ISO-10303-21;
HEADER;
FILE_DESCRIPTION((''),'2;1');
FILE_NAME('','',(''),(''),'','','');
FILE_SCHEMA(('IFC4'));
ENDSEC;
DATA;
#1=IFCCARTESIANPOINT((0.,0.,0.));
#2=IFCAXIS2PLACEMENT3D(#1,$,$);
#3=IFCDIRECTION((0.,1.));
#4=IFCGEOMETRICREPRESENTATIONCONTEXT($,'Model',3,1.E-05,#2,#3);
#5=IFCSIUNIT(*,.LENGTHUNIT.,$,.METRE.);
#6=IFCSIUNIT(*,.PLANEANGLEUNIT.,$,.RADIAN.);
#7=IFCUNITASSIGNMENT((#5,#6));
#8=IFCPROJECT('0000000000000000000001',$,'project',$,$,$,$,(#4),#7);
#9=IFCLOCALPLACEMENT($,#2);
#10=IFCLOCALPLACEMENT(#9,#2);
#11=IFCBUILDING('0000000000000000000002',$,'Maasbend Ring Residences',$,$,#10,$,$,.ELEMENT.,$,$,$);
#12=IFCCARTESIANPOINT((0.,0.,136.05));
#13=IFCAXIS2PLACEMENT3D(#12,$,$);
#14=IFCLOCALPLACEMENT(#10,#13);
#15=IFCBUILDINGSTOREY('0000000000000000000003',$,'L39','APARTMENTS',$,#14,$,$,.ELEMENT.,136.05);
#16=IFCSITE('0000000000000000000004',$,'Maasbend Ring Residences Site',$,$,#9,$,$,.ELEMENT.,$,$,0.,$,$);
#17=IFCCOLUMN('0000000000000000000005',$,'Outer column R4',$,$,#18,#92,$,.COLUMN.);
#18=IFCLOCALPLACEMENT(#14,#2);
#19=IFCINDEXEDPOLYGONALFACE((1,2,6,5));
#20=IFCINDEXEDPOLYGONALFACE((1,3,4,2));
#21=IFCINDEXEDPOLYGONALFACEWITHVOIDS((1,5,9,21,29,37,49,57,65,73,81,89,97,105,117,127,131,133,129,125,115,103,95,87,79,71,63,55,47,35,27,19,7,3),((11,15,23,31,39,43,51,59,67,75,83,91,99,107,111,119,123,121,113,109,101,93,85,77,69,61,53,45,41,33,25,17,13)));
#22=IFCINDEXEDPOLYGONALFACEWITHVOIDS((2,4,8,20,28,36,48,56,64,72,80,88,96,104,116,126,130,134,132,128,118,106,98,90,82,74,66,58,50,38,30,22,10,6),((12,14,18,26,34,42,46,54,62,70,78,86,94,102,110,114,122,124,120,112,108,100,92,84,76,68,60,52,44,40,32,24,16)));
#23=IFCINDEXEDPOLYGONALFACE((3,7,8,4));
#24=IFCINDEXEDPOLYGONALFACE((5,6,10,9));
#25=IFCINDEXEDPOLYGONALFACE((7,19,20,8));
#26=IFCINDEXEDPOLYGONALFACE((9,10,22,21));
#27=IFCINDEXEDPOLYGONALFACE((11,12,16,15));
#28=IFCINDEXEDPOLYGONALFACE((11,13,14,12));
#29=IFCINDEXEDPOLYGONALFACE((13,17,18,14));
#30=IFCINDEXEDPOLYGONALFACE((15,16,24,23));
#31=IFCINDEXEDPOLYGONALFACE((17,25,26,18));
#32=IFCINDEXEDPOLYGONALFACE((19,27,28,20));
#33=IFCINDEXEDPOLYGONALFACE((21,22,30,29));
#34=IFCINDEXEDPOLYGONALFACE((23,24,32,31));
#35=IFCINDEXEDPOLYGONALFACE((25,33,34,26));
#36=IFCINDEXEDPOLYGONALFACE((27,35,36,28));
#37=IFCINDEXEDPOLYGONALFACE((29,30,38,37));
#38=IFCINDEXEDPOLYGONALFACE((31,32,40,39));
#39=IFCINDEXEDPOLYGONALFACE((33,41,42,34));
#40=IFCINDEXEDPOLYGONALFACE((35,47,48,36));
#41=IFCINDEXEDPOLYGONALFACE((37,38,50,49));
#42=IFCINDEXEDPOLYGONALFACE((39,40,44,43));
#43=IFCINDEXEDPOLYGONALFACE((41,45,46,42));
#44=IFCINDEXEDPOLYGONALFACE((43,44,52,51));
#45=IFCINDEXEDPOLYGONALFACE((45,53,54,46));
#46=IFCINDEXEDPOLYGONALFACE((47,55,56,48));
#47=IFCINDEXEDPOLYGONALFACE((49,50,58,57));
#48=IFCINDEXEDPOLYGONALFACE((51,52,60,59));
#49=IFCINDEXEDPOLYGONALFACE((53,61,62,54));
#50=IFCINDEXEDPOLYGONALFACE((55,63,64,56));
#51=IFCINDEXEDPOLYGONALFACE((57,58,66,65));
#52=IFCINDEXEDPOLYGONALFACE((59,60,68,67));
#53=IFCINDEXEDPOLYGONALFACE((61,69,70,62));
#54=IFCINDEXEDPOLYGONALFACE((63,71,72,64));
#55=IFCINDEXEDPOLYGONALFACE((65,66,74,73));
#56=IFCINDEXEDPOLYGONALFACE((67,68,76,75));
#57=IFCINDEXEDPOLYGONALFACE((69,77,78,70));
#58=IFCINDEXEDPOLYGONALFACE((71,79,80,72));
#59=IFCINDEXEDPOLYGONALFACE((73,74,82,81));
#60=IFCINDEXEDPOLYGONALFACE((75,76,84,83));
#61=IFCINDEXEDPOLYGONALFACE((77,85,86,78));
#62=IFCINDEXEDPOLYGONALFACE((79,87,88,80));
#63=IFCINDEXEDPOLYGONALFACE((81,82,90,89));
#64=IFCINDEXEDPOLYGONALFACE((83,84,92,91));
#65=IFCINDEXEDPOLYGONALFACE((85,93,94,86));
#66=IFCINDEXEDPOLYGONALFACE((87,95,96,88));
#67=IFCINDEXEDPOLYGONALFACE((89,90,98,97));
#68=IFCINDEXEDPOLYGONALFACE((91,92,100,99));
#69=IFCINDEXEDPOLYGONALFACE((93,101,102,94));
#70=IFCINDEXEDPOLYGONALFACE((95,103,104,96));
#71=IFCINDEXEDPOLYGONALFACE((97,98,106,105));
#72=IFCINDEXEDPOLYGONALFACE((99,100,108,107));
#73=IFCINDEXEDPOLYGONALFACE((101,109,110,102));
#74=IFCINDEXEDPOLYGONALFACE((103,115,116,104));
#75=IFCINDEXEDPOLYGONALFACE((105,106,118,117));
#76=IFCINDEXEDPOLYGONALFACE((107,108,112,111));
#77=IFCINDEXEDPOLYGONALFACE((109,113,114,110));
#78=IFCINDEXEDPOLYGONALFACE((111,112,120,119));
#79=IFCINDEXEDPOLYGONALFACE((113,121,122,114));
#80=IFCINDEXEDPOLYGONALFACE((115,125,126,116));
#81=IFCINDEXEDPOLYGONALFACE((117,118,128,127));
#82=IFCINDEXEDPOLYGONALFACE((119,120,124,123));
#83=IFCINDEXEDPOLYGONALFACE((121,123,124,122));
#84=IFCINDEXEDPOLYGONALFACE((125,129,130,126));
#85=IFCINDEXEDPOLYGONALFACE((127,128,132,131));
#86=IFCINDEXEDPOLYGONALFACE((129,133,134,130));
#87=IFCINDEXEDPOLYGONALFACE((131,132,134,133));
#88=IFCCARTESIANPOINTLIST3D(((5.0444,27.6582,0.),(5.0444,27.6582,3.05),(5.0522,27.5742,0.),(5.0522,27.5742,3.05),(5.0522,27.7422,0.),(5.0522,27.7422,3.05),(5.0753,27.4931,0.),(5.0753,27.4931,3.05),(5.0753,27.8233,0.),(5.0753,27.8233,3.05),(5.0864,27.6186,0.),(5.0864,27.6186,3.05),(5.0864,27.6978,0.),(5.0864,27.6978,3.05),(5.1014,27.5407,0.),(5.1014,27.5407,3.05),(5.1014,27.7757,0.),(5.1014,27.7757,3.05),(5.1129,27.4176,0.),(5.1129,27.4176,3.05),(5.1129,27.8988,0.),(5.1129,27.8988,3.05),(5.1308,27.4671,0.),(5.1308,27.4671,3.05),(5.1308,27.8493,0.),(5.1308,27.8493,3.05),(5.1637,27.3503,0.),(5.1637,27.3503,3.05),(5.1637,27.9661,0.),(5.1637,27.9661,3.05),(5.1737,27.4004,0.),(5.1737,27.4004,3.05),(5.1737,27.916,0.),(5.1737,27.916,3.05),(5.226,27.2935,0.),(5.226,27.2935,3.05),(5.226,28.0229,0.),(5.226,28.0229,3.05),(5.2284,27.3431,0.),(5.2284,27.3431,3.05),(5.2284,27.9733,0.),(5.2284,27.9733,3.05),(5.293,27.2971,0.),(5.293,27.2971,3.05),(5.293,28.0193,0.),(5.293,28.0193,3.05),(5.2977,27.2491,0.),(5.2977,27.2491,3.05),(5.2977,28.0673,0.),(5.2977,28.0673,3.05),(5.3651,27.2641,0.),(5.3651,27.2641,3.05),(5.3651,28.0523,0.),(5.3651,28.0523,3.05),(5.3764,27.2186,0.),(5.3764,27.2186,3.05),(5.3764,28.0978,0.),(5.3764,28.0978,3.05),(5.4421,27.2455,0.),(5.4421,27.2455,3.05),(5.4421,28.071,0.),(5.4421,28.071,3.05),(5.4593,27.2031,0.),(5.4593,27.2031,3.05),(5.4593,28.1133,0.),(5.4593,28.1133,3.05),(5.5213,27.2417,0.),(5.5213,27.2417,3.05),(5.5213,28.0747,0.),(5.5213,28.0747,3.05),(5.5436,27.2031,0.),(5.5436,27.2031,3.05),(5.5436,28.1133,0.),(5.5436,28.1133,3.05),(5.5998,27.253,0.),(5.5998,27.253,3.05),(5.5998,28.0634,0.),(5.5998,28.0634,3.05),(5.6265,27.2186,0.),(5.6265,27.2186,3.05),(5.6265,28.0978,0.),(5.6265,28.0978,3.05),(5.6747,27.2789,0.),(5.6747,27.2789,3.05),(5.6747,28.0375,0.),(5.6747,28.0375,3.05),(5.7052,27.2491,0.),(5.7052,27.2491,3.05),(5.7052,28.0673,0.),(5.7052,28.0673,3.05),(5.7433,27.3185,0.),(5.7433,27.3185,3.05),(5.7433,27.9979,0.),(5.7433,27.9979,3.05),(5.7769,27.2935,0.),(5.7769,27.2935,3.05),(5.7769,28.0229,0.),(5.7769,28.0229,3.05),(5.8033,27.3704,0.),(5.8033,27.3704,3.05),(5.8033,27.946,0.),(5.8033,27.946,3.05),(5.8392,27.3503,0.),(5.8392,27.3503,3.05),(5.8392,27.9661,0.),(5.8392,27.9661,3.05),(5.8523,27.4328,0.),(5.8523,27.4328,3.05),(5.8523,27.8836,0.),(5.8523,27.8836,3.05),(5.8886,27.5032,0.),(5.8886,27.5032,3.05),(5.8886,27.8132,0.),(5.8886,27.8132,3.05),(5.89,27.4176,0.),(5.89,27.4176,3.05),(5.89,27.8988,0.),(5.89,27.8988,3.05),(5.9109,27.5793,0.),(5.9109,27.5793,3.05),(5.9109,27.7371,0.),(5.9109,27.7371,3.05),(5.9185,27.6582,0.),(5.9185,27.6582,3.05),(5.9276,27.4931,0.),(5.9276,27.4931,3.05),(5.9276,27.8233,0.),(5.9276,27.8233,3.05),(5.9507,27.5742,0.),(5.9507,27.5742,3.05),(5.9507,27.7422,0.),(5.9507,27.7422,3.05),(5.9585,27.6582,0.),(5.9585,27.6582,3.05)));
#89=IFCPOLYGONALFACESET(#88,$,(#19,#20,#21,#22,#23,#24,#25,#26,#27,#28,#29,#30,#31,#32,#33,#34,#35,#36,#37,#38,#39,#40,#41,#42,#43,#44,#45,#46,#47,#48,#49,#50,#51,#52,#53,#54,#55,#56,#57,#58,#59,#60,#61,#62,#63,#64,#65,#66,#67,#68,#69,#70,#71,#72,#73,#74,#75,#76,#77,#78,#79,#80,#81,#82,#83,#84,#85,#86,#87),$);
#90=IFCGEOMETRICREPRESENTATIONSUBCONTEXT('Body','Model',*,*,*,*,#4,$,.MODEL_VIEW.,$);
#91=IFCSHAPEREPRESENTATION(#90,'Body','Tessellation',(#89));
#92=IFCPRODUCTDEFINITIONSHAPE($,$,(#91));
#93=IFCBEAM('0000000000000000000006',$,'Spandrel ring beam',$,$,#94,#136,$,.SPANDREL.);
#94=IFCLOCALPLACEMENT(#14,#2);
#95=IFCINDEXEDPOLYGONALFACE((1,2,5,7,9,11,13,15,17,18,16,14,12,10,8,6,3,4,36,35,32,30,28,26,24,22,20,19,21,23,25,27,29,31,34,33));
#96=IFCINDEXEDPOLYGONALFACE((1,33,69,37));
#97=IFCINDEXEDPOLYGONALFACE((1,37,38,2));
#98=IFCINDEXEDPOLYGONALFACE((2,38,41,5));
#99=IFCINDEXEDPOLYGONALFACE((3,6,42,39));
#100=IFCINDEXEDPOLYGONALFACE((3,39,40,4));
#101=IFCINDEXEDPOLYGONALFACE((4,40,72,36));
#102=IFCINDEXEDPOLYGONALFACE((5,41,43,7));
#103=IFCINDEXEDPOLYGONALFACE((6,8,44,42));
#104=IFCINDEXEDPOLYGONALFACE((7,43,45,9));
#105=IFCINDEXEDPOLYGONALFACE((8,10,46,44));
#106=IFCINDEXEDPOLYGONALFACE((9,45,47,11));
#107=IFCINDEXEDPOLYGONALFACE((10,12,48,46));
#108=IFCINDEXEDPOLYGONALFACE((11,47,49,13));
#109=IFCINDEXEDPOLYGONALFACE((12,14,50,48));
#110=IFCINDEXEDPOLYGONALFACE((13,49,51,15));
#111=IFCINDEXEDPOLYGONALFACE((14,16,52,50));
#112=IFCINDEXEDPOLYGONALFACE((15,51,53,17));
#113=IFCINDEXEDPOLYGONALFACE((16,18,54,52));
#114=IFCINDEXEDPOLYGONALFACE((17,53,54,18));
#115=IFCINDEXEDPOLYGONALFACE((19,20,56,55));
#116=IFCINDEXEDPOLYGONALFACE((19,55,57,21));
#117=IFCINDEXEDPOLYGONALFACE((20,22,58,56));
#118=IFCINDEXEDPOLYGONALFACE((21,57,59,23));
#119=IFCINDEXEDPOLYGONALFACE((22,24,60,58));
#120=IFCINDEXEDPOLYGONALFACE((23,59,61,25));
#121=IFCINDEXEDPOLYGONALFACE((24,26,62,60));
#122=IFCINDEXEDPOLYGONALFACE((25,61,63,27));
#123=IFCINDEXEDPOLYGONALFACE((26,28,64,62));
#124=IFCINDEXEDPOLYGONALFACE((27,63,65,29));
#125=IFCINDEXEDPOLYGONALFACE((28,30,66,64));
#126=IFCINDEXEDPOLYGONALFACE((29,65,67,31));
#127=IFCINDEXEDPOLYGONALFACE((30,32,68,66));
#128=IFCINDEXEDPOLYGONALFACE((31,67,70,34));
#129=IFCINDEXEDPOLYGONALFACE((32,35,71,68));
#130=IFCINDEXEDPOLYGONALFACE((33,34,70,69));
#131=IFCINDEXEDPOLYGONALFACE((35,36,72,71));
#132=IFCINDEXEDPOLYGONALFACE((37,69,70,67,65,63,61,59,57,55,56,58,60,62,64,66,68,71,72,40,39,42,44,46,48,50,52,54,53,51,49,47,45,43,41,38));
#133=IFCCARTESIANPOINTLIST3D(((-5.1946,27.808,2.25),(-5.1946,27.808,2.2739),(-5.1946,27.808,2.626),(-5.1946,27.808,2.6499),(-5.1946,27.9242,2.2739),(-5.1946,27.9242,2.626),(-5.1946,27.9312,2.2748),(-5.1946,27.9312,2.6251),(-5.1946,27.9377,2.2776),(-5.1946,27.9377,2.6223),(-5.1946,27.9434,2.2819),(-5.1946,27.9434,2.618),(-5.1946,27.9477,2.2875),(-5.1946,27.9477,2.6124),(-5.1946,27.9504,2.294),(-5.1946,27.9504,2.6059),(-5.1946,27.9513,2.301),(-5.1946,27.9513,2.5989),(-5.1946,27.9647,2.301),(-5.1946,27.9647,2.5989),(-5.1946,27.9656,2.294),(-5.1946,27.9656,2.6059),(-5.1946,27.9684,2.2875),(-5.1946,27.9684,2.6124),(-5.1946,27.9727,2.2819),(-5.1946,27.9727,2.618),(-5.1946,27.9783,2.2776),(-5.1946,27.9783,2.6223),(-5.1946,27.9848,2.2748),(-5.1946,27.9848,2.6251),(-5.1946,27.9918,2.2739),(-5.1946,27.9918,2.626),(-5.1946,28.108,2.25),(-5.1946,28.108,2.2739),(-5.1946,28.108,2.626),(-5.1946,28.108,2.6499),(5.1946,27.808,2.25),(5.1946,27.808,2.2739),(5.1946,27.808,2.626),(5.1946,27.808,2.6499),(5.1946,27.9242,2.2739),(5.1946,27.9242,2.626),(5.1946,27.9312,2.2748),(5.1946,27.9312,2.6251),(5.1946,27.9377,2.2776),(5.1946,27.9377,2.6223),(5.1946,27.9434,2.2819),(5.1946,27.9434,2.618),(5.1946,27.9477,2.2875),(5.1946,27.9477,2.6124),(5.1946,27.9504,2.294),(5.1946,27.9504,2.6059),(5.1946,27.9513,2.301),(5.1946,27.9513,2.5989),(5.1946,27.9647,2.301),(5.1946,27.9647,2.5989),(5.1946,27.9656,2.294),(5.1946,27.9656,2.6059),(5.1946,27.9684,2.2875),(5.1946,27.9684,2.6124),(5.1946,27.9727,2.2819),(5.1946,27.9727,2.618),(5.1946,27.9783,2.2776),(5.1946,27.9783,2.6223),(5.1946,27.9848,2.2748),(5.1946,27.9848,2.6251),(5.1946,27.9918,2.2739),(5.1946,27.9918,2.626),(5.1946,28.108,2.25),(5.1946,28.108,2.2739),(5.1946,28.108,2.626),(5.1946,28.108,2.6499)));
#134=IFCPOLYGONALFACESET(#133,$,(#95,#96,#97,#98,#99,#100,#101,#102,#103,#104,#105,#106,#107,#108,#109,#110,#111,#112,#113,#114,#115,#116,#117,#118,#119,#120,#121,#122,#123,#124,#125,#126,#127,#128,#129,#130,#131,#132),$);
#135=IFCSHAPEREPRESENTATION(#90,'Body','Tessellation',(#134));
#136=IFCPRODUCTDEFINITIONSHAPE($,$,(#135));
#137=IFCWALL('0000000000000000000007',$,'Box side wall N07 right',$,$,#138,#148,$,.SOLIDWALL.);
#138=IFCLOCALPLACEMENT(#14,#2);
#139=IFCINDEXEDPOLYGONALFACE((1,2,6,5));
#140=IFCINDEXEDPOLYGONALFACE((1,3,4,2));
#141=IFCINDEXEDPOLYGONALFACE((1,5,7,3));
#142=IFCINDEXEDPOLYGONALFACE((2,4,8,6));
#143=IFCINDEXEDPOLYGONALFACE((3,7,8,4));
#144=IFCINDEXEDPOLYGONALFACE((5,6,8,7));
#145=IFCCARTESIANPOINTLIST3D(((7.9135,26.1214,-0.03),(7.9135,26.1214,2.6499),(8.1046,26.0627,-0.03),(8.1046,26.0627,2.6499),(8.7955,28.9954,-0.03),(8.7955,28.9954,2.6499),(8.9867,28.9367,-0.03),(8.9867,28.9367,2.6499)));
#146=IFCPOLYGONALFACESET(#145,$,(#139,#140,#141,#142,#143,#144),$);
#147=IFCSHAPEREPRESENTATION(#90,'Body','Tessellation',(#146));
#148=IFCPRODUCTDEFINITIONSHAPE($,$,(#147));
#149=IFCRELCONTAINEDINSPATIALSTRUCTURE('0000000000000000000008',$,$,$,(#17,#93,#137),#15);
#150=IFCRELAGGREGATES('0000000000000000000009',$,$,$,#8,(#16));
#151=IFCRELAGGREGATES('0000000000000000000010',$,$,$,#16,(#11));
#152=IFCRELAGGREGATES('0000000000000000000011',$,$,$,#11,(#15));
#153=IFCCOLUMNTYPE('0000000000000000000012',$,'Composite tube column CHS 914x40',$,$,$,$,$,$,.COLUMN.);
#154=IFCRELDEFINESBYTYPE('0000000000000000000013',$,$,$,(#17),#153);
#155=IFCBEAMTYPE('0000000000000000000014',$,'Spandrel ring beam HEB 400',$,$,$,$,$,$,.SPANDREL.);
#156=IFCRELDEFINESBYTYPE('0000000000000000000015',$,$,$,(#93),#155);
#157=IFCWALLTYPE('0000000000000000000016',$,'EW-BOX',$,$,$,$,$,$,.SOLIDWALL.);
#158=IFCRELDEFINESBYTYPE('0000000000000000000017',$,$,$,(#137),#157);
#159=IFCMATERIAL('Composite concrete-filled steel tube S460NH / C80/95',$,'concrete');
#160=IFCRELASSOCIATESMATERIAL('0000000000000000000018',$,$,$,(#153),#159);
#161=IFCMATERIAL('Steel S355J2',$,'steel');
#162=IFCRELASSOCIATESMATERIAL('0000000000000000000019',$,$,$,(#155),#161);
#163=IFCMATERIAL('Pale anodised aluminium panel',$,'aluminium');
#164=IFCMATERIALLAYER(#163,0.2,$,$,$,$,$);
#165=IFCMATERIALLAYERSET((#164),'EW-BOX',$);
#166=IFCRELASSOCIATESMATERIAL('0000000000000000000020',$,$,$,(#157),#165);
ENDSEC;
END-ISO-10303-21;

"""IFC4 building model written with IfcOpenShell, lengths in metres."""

from ifc_helpers import new_model, si_unit, direction, frame, frame_2d, origin, origin_2d, place, context, subcontext, project, spatial, rectangle, hollow_circle, i_section, extrude, material, layer, layer_set, material_profile, profile_set, type_object, element, save


model = new_model("IFC4")

# Units and contexts
model_context = context("Model", 3, precision=1e-05, world=origin(), true_north=direction((0.0, 1.0)))
body_context = subcontext(model_context, "Body", "Model", "MODEL_VIEW")
ifc_project = project(units=[si_unit("LENGTHUNIT", "METRE"), si_unit("PLANEANGLEUNIT", "RADIAN")], contexts=[model_context])

# Site, building, storey
site_placement = place(None, origin())
site = spatial("IfcSite", under=ifc_project, at=site_placement, Name="Maasbend Ring Residences Site", CompositionType="ELEMENT", RefElevation=0.0)
building_placement = place(site_placement, origin())
building = spatial("IfcBuilding", under=site, at=building_placement, Name="Maasbend Ring Residences", CompositionType="ELEMENT")
storey_placement = place(building_placement, frame((0.0, 0.0, 136.05)))
storey = spatial("IfcBuildingStorey", under=building, at=storey_placement, Name="L39", Description="APARTMENTS", CompositionType="ELEMENT", Elevation=136.05)

# Column
ifc_material_1 = material(Name="Composite concrete-filled steel tube S460NH / C80/95", Category="concrete")
ifc_material_profile_1 = material_profile(ifc_material_1, hollow_circle(Radius=0.457, WallThickness=0.04, at=origin_2d()), Name="Composite tube column CHS 914x40")
ifc_profile_set_1 = profile_set([ifc_material_profile_1], Name="Composite concrete-filled steel tube S460NH / C80/95")
column_type = type_object("IfcColumnType", Name="Composite tube column CHS 914x40", PredefinedType="COLUMN", material=ifc_profile_set_1)
column_placement = place(storey_placement, frame((5.5015, 27.6582, 0.0), z_axis=(0.0, 0.0, 1.0), x_axis=(1.0, 0.0, 0.0)))
element("IfcColumn", 1, at=column_placement, inside=storey, type_object=column_type, Name="Outer column R4", PredefinedType="COLUMN", context=body_context, shape_type="SweptSolid", body=[
    extrude(hollow_circle(Radius=0.457, WallThickness=0.04, at=origin_2d()), origin(), (0.0, 0.0, 1.0), 3.05),
])

# Beam
ifc_material_2 = material(Name="Steel S355J2", Category="steel")
ifc_material_profile_2 = material_profile(ifc_material_2, i_section(OverallWidth=0.3, OverallDepth=0.3999, WebThickness=0.0134, FlangeThickness=0.0239, FilletRadius=0.0271, at=origin_2d()), Name="HEB 400")
ifc_profile_set_2 = profile_set([ifc_material_profile_2], Name="Steel S355J2")
beam_type = type_object("IfcBeamType", Name="Spandrel ring beam HEB 400", PredefinedType="SPANDREL", material=ifc_profile_set_2)
beam_placement = place(storey_placement, frame((5.1946, 27.958, 2.45), z_axis=(-1.0, 0.0, 0.0), x_axis=(0.0, -1.0, 0.0)))
element("IfcBeam", 2, at=beam_placement, inside=storey, type_object=beam_type, Name="Spandrel ring beam", PredefinedType="SPANDREL", context=body_context, shape_type="SweptSolid", body=[
    extrude(i_section(OverallWidth=0.3, OverallDepth=0.3999, WebThickness=0.0134, FlangeThickness=0.0239, FilletRadius=0.0271, at=origin_2d()), origin(), (0.0, 0.0, 1.0), 10.3892),
])

# Wall
ifc_material_3 = material(Name="Pale anodised aluminium panel", Category="aluminium")
ifc_layer_1 = layer(ifc_material_3, 0.2)
ifc_layer_set_1 = layer_set([ifc_layer_1], Name="EW-BOX")
wall_type_1 = type_object("IfcWallType", Name="EW-BOX", PredefinedType="SOLIDWALL", material=ifc_layer_set_1)
wall_1_placement = place(storey_placement, frame((8.009, 26.092, -0.03), z_axis=(0.0, 0.0, 1.0), x_axis=(0.293407, 0.955988, 0.0)))
element("IfcWall", 3, at=wall_1_placement, inside=storey, type_object=wall_type_1, Name="Box side wall N07 right", PredefinedType="SOLIDWALL", context=body_context, shape_type="SweptSolid", body=[
    extrude(rectangle(XDim=3.0063, YDim=0.2, at=frame_2d((1.5032, 0.0))), origin(), (0.0, 0.0, 1.0), 2.6799),
])

save(model, "model.ifc")
